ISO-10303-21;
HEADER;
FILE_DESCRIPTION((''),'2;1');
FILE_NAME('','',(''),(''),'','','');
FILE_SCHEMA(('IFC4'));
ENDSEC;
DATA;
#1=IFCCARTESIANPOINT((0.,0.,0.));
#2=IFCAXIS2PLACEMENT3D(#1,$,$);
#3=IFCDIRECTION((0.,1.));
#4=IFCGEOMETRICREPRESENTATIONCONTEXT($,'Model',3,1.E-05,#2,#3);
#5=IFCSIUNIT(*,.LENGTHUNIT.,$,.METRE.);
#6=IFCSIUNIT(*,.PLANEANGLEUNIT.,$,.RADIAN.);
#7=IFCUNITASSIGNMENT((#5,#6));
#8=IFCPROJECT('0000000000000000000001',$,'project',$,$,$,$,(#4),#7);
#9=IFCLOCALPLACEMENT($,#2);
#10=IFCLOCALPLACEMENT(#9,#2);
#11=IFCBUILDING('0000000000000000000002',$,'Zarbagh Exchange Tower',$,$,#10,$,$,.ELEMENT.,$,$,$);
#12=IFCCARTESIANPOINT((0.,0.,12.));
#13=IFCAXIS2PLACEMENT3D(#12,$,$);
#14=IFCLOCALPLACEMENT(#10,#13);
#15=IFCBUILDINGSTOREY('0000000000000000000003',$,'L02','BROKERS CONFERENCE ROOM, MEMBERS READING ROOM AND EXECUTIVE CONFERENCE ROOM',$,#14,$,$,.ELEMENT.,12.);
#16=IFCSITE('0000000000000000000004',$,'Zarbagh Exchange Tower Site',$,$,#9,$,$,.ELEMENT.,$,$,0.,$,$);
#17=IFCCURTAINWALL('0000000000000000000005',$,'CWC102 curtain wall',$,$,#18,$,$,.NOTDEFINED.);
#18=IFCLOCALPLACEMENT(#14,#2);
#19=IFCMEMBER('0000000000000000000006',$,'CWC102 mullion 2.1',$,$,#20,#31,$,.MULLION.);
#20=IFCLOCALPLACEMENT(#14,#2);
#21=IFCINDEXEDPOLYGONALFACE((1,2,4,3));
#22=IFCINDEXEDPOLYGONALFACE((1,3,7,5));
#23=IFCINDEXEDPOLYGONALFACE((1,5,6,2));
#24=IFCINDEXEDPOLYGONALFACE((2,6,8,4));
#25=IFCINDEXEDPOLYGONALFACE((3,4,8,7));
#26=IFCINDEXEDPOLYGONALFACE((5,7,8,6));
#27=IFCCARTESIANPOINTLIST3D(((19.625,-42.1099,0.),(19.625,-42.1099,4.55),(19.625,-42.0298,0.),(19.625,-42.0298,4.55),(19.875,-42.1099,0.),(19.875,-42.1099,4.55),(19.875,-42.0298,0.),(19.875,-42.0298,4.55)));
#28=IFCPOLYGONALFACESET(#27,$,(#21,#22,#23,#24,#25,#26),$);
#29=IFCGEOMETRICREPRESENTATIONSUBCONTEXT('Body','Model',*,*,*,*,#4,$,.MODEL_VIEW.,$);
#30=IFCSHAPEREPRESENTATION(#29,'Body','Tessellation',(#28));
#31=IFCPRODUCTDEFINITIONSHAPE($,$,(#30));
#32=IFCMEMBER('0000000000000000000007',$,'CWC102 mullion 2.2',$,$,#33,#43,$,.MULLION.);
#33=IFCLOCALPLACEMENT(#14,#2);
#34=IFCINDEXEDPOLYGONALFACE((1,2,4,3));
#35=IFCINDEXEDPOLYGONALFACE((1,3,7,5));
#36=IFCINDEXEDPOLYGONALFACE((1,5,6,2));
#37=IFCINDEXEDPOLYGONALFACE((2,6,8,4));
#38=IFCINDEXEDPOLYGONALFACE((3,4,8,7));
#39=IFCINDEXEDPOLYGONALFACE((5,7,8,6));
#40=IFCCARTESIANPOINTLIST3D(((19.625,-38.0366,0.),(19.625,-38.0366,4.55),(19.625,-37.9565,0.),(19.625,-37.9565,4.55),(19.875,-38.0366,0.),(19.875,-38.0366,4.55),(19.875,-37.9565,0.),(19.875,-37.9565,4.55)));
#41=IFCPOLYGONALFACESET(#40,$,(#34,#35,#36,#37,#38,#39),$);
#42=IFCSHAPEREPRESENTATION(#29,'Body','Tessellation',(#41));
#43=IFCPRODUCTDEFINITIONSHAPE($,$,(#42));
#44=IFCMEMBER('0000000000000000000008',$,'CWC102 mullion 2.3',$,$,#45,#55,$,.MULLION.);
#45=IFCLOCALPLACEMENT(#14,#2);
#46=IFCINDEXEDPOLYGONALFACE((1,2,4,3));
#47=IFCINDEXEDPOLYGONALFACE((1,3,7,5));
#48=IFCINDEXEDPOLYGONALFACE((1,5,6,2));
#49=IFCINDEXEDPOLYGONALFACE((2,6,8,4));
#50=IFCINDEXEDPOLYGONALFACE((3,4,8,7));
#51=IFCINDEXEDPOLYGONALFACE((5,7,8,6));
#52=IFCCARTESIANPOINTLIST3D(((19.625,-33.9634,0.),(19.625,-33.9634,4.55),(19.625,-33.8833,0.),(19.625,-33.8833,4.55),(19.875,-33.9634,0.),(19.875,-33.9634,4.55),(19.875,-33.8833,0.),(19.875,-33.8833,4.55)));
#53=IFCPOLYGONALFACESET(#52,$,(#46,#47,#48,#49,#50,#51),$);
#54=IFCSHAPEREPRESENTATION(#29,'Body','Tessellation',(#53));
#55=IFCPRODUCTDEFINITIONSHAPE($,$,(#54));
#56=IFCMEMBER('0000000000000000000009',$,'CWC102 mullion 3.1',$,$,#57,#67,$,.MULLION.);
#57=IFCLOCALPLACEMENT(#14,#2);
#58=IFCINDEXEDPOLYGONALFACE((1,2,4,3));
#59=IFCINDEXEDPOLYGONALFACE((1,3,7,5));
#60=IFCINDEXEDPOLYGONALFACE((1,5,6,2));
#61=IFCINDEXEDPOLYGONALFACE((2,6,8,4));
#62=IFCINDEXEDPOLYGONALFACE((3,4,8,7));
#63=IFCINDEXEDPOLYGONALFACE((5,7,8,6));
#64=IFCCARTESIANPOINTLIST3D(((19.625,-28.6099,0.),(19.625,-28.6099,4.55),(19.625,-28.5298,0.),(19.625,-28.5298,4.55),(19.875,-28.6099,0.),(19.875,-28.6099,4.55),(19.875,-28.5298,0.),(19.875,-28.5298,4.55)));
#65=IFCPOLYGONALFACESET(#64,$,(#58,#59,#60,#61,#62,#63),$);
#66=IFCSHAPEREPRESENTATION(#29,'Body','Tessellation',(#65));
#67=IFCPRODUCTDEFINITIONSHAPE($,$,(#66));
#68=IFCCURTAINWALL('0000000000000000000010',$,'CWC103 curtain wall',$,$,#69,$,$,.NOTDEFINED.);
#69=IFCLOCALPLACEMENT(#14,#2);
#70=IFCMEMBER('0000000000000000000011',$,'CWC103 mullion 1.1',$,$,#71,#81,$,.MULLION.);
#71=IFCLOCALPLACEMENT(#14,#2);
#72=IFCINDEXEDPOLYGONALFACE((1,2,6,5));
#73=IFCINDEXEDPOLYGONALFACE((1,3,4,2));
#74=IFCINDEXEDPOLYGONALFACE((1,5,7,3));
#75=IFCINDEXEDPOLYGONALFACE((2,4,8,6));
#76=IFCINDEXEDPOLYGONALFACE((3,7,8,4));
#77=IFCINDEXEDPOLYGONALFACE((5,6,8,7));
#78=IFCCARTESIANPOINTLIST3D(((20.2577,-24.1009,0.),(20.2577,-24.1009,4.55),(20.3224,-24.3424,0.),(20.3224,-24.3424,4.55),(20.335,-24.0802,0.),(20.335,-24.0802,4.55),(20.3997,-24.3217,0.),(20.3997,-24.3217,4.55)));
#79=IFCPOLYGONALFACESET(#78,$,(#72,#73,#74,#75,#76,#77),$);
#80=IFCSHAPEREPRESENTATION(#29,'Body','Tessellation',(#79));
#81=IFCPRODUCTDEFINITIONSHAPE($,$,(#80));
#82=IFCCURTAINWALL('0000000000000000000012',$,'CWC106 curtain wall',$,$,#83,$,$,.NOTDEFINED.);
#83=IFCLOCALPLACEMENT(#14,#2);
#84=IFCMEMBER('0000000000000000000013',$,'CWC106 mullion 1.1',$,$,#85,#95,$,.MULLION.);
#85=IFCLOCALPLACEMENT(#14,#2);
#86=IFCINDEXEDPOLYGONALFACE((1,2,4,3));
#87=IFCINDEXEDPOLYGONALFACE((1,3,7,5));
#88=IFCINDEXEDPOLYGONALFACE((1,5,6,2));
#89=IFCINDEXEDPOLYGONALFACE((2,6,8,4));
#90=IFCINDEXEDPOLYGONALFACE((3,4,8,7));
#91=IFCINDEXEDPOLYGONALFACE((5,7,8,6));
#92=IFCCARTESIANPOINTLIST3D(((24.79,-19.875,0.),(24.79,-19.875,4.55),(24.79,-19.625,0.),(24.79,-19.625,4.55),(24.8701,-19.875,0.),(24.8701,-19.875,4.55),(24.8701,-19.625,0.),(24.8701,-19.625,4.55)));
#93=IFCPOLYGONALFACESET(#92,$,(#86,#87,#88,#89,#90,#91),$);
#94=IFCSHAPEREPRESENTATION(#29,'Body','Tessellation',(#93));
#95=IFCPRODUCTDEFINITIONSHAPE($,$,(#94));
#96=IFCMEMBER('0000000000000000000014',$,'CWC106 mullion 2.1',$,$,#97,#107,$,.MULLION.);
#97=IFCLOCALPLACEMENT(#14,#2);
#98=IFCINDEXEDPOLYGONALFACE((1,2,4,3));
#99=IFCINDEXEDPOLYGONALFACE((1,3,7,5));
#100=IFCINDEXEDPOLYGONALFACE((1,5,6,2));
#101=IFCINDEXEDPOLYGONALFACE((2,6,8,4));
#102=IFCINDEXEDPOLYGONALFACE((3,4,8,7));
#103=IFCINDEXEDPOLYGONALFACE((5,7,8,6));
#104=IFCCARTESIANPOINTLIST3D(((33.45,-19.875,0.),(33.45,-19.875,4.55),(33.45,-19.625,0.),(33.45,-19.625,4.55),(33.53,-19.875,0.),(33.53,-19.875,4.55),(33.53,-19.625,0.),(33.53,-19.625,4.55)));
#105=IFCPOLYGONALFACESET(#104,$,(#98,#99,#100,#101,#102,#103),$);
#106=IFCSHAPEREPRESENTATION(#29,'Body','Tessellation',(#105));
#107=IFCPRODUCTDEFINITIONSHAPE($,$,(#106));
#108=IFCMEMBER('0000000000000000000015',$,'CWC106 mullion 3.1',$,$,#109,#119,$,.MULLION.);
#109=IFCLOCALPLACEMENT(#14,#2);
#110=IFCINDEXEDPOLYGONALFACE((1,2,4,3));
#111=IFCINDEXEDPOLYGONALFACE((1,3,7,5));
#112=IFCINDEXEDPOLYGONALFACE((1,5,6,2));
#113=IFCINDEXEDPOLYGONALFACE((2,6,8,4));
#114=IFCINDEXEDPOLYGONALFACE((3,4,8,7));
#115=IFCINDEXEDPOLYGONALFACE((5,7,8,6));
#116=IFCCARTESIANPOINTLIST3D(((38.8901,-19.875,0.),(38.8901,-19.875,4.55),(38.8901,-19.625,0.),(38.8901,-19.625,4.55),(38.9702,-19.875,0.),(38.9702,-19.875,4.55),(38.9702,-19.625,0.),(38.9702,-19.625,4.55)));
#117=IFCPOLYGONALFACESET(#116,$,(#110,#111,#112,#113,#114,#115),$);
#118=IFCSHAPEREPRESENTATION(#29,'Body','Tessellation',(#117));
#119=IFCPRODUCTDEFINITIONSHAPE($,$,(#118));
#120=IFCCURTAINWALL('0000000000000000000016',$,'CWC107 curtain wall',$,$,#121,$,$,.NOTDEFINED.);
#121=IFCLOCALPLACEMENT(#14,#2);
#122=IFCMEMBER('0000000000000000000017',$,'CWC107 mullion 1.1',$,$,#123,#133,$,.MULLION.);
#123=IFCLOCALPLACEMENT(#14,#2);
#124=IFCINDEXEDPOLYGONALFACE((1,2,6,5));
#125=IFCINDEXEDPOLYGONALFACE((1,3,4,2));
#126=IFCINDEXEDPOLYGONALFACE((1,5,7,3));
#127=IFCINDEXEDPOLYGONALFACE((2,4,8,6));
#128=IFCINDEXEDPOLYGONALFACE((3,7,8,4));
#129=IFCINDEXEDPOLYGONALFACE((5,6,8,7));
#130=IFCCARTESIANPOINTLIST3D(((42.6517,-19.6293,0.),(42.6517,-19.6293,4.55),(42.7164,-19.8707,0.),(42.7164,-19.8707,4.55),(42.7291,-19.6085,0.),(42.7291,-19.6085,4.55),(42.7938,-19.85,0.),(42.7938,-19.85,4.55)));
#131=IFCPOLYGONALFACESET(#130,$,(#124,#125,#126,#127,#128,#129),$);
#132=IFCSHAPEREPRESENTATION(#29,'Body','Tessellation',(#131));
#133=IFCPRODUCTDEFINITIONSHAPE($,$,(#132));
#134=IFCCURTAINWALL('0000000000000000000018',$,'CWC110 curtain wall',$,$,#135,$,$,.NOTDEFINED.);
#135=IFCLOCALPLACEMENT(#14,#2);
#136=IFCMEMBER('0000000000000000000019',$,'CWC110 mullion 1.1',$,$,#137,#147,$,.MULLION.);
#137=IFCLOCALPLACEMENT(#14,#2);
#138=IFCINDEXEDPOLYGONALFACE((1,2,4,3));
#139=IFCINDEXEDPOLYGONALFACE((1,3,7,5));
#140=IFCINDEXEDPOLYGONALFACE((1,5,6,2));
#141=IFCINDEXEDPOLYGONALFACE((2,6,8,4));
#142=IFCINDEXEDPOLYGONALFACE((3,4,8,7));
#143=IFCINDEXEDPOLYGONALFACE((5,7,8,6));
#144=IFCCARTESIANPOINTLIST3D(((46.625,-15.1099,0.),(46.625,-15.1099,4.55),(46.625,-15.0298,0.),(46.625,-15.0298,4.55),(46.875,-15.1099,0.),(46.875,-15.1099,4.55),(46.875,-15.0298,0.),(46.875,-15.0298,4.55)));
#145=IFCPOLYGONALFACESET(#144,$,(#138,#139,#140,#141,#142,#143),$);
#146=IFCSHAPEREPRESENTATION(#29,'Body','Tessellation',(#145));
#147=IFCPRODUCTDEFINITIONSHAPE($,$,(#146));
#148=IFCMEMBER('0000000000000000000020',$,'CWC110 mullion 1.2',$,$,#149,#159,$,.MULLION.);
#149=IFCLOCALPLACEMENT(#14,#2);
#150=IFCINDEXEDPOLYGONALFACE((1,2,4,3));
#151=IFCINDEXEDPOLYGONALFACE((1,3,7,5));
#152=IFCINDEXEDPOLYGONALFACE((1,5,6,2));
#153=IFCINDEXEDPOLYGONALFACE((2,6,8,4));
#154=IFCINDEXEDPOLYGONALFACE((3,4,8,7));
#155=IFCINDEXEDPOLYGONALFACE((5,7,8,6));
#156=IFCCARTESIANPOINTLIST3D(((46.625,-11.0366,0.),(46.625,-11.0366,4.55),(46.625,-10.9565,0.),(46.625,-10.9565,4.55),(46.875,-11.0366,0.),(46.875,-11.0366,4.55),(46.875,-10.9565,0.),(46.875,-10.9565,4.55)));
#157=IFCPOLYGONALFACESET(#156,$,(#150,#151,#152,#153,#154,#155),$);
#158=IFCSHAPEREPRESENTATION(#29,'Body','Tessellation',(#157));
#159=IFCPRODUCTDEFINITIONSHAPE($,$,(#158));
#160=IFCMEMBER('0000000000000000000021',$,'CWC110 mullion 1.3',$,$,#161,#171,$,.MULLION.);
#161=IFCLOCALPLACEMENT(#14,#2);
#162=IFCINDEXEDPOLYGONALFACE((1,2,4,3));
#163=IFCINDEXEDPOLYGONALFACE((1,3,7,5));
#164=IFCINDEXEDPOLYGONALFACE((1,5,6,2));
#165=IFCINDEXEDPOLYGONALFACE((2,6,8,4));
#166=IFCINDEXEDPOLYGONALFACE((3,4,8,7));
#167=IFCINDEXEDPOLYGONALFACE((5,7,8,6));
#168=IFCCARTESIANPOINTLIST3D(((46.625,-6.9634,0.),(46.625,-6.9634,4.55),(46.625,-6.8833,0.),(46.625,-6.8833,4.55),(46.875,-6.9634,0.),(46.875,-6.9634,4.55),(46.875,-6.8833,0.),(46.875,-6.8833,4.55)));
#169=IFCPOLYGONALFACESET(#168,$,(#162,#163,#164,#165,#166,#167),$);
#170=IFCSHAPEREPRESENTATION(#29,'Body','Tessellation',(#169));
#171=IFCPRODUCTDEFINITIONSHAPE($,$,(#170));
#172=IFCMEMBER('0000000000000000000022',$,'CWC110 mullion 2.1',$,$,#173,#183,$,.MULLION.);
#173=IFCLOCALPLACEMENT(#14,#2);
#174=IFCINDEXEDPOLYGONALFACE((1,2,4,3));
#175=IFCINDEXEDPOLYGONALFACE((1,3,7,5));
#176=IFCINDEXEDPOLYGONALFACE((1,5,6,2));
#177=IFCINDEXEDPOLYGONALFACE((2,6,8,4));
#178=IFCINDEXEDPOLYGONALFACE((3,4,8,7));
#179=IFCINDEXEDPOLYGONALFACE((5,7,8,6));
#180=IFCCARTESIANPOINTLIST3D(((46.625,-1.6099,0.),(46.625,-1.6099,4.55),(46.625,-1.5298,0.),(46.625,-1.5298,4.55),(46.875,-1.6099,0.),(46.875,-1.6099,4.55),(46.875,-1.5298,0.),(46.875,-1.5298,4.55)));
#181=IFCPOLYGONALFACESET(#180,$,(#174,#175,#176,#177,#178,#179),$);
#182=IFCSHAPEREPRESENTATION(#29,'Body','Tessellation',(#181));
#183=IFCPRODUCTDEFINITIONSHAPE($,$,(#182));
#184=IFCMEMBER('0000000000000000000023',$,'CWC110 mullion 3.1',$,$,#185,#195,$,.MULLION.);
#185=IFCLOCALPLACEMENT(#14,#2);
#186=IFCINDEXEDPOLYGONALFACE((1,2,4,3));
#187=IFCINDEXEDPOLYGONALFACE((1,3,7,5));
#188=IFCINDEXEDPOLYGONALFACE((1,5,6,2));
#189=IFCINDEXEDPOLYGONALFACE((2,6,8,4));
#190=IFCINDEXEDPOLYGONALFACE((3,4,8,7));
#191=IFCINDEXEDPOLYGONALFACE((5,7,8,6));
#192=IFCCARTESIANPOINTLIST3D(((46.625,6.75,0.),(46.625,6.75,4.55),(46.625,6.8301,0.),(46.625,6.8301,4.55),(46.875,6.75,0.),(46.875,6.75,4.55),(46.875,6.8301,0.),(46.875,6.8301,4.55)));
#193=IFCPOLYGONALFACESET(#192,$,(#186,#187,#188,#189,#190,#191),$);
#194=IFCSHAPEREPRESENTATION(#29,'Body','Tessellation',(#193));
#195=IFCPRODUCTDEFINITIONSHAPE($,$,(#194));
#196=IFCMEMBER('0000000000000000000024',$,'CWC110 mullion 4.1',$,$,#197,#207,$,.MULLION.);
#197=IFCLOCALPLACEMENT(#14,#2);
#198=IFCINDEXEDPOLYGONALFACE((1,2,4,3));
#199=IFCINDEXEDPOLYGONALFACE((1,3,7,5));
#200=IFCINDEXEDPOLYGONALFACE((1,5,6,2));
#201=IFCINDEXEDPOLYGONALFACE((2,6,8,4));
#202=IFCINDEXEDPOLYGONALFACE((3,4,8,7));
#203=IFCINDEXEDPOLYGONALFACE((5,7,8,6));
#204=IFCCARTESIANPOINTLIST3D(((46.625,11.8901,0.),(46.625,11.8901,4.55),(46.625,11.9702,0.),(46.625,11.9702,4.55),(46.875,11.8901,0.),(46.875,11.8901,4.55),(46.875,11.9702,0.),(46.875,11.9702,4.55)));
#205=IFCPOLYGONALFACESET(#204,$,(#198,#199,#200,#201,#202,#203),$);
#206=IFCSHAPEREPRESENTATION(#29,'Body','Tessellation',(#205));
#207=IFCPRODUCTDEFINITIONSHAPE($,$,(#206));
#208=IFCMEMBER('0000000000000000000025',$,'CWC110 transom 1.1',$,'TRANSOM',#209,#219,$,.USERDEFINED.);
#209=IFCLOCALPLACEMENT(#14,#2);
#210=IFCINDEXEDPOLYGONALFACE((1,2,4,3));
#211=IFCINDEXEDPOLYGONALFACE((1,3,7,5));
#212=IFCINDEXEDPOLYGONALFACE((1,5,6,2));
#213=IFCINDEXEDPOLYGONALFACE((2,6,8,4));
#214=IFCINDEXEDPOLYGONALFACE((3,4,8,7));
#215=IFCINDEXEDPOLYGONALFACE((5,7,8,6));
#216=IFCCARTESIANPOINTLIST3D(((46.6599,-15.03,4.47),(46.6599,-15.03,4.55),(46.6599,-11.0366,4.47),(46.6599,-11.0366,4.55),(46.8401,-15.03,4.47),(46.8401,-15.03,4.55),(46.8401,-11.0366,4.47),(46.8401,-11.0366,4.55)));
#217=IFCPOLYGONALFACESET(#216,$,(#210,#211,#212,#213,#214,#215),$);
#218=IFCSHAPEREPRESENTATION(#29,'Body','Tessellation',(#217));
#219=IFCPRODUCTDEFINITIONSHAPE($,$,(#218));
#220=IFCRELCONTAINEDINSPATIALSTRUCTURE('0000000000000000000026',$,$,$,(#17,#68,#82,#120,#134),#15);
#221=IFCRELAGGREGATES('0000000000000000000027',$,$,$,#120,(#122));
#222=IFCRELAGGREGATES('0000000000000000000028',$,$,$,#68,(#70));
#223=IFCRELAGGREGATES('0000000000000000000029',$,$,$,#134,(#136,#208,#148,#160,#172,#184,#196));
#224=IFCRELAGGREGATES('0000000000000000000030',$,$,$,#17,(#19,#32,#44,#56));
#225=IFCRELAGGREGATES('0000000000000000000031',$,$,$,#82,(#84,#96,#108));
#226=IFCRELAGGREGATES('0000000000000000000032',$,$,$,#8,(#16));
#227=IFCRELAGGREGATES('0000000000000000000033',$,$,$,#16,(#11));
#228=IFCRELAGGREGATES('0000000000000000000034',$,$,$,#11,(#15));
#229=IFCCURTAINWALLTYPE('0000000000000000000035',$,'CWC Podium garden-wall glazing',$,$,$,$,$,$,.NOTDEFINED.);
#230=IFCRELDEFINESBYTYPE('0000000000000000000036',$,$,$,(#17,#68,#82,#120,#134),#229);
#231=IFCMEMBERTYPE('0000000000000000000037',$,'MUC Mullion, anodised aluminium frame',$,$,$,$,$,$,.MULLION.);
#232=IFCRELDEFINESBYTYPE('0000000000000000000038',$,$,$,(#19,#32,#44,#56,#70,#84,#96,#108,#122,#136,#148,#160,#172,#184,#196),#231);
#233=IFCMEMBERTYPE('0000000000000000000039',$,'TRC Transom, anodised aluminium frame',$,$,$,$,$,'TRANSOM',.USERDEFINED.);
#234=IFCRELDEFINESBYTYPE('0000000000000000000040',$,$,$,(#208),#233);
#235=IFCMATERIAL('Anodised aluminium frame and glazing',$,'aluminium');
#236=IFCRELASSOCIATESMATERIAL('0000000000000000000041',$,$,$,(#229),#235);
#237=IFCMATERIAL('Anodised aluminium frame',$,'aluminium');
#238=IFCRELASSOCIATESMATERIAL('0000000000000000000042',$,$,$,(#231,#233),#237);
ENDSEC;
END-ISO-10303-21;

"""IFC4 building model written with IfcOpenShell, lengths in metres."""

from ifc_helpers import new_model, si_unit, direction, frame, origin, place, context, subcontext, project, spatial, polyline, outline, extrude, source, transform, mapped, material, type_object, element, aggregate, save


model = new_model("IFC4")

# Units and contexts
model_context = context("Model", 3, precision=1e-05, world=origin(), true_north=direction((0.0, 1.0)))
body_context = subcontext(model_context, "Body", "Model", "MODEL_VIEW")
ifc_project = project(units=[si_unit("LENGTHUNIT", "METRE"), si_unit("PLANEANGLEUNIT", "RADIAN")], contexts=[model_context])

# Site, building, storey
site_placement = place(None, origin())
site = spatial("IfcSite", under=ifc_project, at=site_placement, Name="Zarbagh Exchange Tower Site", CompositionType="ELEMENT", RefElevation=0.0)
building_placement = place(site_placement, origin())
building = spatial("IfcBuilding", under=site, at=building_placement, Name="Zarbagh Exchange Tower", CompositionType="ELEMENT")
storey_placement = place(building_placement, frame((0.0, 0.0, 12.0)))
storey = spatial("IfcBuildingStorey", under=building, at=storey_placement, Name="L02", Description="BROKERS CONFERENCE ROOM, MEMBERS READING ROOM AND EXECUTIVE CONFERENCE ROOM", CompositionType="ELEMENT", Elevation=12.0)

# Curtain wall, members
ifc_material_1 = material(Name="Anodised aluminium frame and glazing", Category="aluminium")
curtain_wall_type = type_object("IfcCurtainWallType", Name="CWC Podium garden-wall glazing", PredefinedType="NOTDEFINED", material=ifc_material_1)
curtain_wall_1_placement = place(storey_placement, origin())
curtain_wall_1 = element("IfcCurtainWall", 1, at=curtain_wall_1_placement, inside=storey, type_object=curtain_wall_type, Name="CWC102 curtain wall", PredefinedType="NOTDEFINED")
ifc_material_2 = material(Name="Anodised aluminium frame", Category="aluminium")
member_type_1 = type_object("IfcMemberType", Name="MUC Mullion, anodised aluminium frame", PredefinedType="MULLION", material=ifc_material_2)
shared_shape_1 = source(origin(), body_context, "Body", "SweptSolid", [
    extrude(outline(polyline([(0.0, -0.125), (0.0801, -0.125), (0.0801, 0.125), (0.0, 0.125), (0.0, -0.125)])), origin(), (0.0, 0.0, 1.0), 4.55),
])
placement = place(storey_placement, origin())
member_1 = element("IfcMember", 2, at=placement, type_object=member_type_1, Name="CWC102 mullion 2.1", PredefinedType="MULLION", context=body_context, shape_type="MappedRepresentation", body=[
    mapped(shared_shape_1, transform((19.75, -42.1099, 0.0), x_axis=(0.0, 1.0, 0.0), y_axis=(-1.0, 0.0, 0.0), z_axis=(0.0, 0.0, 1.0))),
])
member_2 = element("IfcMember", 3, at=placement, type_object=member_type_1, Name="CWC102 mullion 2.2", PredefinedType="MULLION", context=body_context, shape_type="MappedRepresentation", body=[
    mapped(shared_shape_1, transform((19.75, -38.0366, 0.0), x_axis=(0.0, 1.0, 0.0), y_axis=(-1.0, 0.0, 0.0), z_axis=(0.0, 0.0, 1.0))),
])
member_3 = element("IfcMember", 4, at=placement, type_object=member_type_1, Name="CWC102 mullion 2.3", PredefinedType="MULLION", context=body_context, shape_type="MappedRepresentation", body=[
    mapped(shared_shape_1, transform((19.75, -33.9634, 0.0), x_axis=(0.0, 1.0, 0.0), y_axis=(-1.0, 0.0, 0.0), z_axis=(0.0, 0.0, 1.0))),
])
member_4 = element("IfcMember", 5, at=placement, type_object=member_type_1, Name="CWC102 mullion 3.1", PredefinedType="MULLION", context=body_context, shape_type="MappedRepresentation", body=[
    mapped(shared_shape_1, transform((19.75, -28.6099, 0.0), x_axis=(0.0, 1.0, 0.0), y_axis=(-1.0, 0.0, 0.0), z_axis=(0.0, 0.0, 1.0))),
])

# Curtain wall, member
curtain_wall_2_placement = place(storey_placement, origin())
curtain_wall_2 = element("IfcCurtainWall", 6, at=curtain_wall_2_placement, inside=storey, type_object=curtain_wall_type, Name="CWC103 curtain wall", PredefinedType="NOTDEFINED")
member_5 = element("IfcMember", 7, at=placement, type_object=member_type_1, Name="CWC103 mullion 1.1", PredefinedType="MULLION", context=body_context, shape_type="MappedRepresentation", body=[
    mapped(shared_shape_1, transform((20.29, -24.2217, 0.0), x_axis=(0.965924, 0.258825, 0.0), y_axis=(-0.258825, 0.965924, 0.0), z_axis=(0.0, 0.0, 1.0))),
])

# Curtain wall, members
curtain_wall_3_placement = place(storey_placement, origin())
curtain_wall_3 = element("IfcCurtainWall", 8, at=curtain_wall_3_placement, inside=storey, type_object=curtain_wall_type, Name="CWC106 curtain wall", PredefinedType="NOTDEFINED")
member_6 = element("IfcMember", 9, at=placement, type_object=member_type_1, Name="CWC106 mullion 1.1", PredefinedType="MULLION", context=body_context, shape_type="MappedRepresentation", body=[
    mapped(shared_shape_1, transform((24.79, -19.75, 0.0), x_axis=(1.0, 0.0, 0.0), y_axis=(0.0, 1.0, 0.0), z_axis=(0.0, 0.0, 1.0))),
])
member_7 = element("IfcMember", 10, at=placement, type_object=member_type_1, Name="CWC106 mullion 2.1", PredefinedType="MULLION", context=body_context, shape_type="MappedRepresentation", body=[
    mapped(shared_shape_1, transform((33.45, -19.75, 0.0), x_axis=(1.0, 0.0, 0.0), y_axis=(0.0, 1.0, 0.0), z_axis=(0.0, 0.0, 1.0))),
])
member_8 = element("IfcMember", 11, at=placement, type_object=member_type_1, Name="CWC106 mullion 3.1", PredefinedType="MULLION", context=body_context, shape_type="MappedRepresentation", body=[
    mapped(shared_shape_1, transform((38.8901, -19.75, 0.0), x_axis=(1.0, 0.0, 0.0), y_axis=(0.0, 1.0, 0.0), z_axis=(0.0, 0.0, 1.0))),
])

# Curtain wall, member
curtain_wall_4_placement = place(storey_placement, origin())
curtain_wall_4 = element("IfcCurtainWall", 12, at=curtain_wall_4_placement, inside=storey, type_object=curtain_wall_type, Name="CWC107 curtain wall", PredefinedType="NOTDEFINED")
member_9 = element("IfcMember", 13, at=placement, type_object=member_type_1, Name="CWC107 mullion 1.1", PredefinedType="MULLION", context=body_context, shape_type="MappedRepresentation", body=[
    mapped(shared_shape_1, transform((42.6841, -19.75, 0.0), x_axis=(0.965924, 0.258825, 0.0), y_axis=(-0.258825, 0.965924, 0.0), z_axis=(0.0, 0.0, 1.0))),
])

# Curtain wall, members
curtain_wall_5_placement = place(storey_placement, origin())
curtain_wall_5 = element("IfcCurtainWall", 14, at=curtain_wall_5_placement, inside=storey, type_object=curtain_wall_type, Name="CWC110 curtain wall", PredefinedType="NOTDEFINED")
member_10 = element("IfcMember", 15, at=placement, type_object=member_type_1, Name="CWC110 mullion 1.1", PredefinedType="MULLION", context=body_context, shape_type="MappedRepresentation", body=[
    mapped(shared_shape_1, transform((46.75, -15.1099, 0.0), x_axis=(0.0, 1.0, 0.0), y_axis=(-1.0, 0.0, 0.0), z_axis=(0.0, 0.0, 1.0))),
])
member_11 = element("IfcMember", 16, at=placement, type_object=member_type_1, Name="CWC110 mullion 1.2", PredefinedType="MULLION", context=body_context, shape_type="MappedRepresentation", body=[
    mapped(shared_shape_1, transform((46.75, -11.0366, 0.0), x_axis=(0.0, 1.0, 0.0), y_axis=(-1.0, 0.0, 0.0), z_axis=(0.0, 0.0, 1.0))),
])
member_12 = element("IfcMember", 17, at=placement, type_object=member_type_1, Name="CWC110 mullion 1.3", PredefinedType="MULLION", context=body_context, shape_type="MappedRepresentation", body=[
    mapped(shared_shape_1, transform((46.75, -6.9634, 0.0), x_axis=(0.0, 1.0, 0.0), y_axis=(-1.0, 0.0, 0.0), z_axis=(0.0, 0.0, 1.0))),
])
member_13 = element("IfcMember", 18, at=placement, type_object=member_type_1, Name="CWC110 mullion 2.1", PredefinedType="MULLION", context=body_context, shape_type="MappedRepresentation", body=[
    mapped(shared_shape_1, transform((46.75, -1.6099, 0.0), x_axis=(0.0, 1.0, 0.0), y_axis=(-1.0, 0.0, 0.0), z_axis=(0.0, 0.0, 1.0))),
])
member_14 = element("IfcMember", 19, at=placement, type_object=member_type_1, Name="CWC110 mullion 3.1", PredefinedType="MULLION", context=body_context, shape_type="MappedRepresentation", body=[
    mapped(shared_shape_1, transform((46.75, 6.75, 0.0), x_axis=(0.0, 1.0, 0.0), y_axis=(-1.0, 0.0, 0.0), z_axis=(0.0, 0.0, 1.0))),
])
member_15 = element("IfcMember", 20, at=placement, type_object=member_type_1, Name="CWC110 mullion 4.1", PredefinedType="MULLION", context=body_context, shape_type="MappedRepresentation", body=[
    mapped(shared_shape_1, transform((46.75, 11.8901, 0.0), x_axis=(0.0, 1.0, 0.0), y_axis=(-1.0, 0.0, 0.0), z_axis=(0.0, 0.0, 1.0))),
])
member_type_2 = type_object("IfcMemberType", Name="TRC Transom, anodised aluminium frame", ElementType="TRANSOM", PredefinedType="USERDEFINED", material=ifc_material_2)
shared_shape_2 = source(origin(), body_context, "Body", "SweptSolid", [
    extrude(outline(polyline([(-0.0801, -0.0901), (0.0, -0.0901), (0.0, 0.0901), (-0.0801, 0.0901), (-0.0801, -0.0901)])), origin(), (0.0, 0.0, 1.0), 3.9934),
])
member_16 = element("IfcMember", 21, at=placement, type_object=member_type_2, Name="CWC110 transom 1.1", ObjectType="TRANSOM", PredefinedType="USERDEFINED", context=body_context, shape_type="MappedRepresentation", body=[
    mapped(shared_shape_2, transform((46.75, -15.03, 4.55), x_axis=(0.0, 0.0, 1.0), y_axis=(1.0, 0.0, 0.0), z_axis=(0.0, 1.0, 0.0))),
])

aggregate(curtain_wall_4, [member_9])

aggregate(curtain_wall_2, [member_5])

aggregate(curtain_wall_5, [member_10, member_16, member_11, member_12, member_13, member_14, member_15])
aggregate(curtain_wall_1, [member_1, member_2, member_3, member_4])
aggregate(curtain_wall_3, [member_6, member_7, member_8])

save(model, "model.ifc")
